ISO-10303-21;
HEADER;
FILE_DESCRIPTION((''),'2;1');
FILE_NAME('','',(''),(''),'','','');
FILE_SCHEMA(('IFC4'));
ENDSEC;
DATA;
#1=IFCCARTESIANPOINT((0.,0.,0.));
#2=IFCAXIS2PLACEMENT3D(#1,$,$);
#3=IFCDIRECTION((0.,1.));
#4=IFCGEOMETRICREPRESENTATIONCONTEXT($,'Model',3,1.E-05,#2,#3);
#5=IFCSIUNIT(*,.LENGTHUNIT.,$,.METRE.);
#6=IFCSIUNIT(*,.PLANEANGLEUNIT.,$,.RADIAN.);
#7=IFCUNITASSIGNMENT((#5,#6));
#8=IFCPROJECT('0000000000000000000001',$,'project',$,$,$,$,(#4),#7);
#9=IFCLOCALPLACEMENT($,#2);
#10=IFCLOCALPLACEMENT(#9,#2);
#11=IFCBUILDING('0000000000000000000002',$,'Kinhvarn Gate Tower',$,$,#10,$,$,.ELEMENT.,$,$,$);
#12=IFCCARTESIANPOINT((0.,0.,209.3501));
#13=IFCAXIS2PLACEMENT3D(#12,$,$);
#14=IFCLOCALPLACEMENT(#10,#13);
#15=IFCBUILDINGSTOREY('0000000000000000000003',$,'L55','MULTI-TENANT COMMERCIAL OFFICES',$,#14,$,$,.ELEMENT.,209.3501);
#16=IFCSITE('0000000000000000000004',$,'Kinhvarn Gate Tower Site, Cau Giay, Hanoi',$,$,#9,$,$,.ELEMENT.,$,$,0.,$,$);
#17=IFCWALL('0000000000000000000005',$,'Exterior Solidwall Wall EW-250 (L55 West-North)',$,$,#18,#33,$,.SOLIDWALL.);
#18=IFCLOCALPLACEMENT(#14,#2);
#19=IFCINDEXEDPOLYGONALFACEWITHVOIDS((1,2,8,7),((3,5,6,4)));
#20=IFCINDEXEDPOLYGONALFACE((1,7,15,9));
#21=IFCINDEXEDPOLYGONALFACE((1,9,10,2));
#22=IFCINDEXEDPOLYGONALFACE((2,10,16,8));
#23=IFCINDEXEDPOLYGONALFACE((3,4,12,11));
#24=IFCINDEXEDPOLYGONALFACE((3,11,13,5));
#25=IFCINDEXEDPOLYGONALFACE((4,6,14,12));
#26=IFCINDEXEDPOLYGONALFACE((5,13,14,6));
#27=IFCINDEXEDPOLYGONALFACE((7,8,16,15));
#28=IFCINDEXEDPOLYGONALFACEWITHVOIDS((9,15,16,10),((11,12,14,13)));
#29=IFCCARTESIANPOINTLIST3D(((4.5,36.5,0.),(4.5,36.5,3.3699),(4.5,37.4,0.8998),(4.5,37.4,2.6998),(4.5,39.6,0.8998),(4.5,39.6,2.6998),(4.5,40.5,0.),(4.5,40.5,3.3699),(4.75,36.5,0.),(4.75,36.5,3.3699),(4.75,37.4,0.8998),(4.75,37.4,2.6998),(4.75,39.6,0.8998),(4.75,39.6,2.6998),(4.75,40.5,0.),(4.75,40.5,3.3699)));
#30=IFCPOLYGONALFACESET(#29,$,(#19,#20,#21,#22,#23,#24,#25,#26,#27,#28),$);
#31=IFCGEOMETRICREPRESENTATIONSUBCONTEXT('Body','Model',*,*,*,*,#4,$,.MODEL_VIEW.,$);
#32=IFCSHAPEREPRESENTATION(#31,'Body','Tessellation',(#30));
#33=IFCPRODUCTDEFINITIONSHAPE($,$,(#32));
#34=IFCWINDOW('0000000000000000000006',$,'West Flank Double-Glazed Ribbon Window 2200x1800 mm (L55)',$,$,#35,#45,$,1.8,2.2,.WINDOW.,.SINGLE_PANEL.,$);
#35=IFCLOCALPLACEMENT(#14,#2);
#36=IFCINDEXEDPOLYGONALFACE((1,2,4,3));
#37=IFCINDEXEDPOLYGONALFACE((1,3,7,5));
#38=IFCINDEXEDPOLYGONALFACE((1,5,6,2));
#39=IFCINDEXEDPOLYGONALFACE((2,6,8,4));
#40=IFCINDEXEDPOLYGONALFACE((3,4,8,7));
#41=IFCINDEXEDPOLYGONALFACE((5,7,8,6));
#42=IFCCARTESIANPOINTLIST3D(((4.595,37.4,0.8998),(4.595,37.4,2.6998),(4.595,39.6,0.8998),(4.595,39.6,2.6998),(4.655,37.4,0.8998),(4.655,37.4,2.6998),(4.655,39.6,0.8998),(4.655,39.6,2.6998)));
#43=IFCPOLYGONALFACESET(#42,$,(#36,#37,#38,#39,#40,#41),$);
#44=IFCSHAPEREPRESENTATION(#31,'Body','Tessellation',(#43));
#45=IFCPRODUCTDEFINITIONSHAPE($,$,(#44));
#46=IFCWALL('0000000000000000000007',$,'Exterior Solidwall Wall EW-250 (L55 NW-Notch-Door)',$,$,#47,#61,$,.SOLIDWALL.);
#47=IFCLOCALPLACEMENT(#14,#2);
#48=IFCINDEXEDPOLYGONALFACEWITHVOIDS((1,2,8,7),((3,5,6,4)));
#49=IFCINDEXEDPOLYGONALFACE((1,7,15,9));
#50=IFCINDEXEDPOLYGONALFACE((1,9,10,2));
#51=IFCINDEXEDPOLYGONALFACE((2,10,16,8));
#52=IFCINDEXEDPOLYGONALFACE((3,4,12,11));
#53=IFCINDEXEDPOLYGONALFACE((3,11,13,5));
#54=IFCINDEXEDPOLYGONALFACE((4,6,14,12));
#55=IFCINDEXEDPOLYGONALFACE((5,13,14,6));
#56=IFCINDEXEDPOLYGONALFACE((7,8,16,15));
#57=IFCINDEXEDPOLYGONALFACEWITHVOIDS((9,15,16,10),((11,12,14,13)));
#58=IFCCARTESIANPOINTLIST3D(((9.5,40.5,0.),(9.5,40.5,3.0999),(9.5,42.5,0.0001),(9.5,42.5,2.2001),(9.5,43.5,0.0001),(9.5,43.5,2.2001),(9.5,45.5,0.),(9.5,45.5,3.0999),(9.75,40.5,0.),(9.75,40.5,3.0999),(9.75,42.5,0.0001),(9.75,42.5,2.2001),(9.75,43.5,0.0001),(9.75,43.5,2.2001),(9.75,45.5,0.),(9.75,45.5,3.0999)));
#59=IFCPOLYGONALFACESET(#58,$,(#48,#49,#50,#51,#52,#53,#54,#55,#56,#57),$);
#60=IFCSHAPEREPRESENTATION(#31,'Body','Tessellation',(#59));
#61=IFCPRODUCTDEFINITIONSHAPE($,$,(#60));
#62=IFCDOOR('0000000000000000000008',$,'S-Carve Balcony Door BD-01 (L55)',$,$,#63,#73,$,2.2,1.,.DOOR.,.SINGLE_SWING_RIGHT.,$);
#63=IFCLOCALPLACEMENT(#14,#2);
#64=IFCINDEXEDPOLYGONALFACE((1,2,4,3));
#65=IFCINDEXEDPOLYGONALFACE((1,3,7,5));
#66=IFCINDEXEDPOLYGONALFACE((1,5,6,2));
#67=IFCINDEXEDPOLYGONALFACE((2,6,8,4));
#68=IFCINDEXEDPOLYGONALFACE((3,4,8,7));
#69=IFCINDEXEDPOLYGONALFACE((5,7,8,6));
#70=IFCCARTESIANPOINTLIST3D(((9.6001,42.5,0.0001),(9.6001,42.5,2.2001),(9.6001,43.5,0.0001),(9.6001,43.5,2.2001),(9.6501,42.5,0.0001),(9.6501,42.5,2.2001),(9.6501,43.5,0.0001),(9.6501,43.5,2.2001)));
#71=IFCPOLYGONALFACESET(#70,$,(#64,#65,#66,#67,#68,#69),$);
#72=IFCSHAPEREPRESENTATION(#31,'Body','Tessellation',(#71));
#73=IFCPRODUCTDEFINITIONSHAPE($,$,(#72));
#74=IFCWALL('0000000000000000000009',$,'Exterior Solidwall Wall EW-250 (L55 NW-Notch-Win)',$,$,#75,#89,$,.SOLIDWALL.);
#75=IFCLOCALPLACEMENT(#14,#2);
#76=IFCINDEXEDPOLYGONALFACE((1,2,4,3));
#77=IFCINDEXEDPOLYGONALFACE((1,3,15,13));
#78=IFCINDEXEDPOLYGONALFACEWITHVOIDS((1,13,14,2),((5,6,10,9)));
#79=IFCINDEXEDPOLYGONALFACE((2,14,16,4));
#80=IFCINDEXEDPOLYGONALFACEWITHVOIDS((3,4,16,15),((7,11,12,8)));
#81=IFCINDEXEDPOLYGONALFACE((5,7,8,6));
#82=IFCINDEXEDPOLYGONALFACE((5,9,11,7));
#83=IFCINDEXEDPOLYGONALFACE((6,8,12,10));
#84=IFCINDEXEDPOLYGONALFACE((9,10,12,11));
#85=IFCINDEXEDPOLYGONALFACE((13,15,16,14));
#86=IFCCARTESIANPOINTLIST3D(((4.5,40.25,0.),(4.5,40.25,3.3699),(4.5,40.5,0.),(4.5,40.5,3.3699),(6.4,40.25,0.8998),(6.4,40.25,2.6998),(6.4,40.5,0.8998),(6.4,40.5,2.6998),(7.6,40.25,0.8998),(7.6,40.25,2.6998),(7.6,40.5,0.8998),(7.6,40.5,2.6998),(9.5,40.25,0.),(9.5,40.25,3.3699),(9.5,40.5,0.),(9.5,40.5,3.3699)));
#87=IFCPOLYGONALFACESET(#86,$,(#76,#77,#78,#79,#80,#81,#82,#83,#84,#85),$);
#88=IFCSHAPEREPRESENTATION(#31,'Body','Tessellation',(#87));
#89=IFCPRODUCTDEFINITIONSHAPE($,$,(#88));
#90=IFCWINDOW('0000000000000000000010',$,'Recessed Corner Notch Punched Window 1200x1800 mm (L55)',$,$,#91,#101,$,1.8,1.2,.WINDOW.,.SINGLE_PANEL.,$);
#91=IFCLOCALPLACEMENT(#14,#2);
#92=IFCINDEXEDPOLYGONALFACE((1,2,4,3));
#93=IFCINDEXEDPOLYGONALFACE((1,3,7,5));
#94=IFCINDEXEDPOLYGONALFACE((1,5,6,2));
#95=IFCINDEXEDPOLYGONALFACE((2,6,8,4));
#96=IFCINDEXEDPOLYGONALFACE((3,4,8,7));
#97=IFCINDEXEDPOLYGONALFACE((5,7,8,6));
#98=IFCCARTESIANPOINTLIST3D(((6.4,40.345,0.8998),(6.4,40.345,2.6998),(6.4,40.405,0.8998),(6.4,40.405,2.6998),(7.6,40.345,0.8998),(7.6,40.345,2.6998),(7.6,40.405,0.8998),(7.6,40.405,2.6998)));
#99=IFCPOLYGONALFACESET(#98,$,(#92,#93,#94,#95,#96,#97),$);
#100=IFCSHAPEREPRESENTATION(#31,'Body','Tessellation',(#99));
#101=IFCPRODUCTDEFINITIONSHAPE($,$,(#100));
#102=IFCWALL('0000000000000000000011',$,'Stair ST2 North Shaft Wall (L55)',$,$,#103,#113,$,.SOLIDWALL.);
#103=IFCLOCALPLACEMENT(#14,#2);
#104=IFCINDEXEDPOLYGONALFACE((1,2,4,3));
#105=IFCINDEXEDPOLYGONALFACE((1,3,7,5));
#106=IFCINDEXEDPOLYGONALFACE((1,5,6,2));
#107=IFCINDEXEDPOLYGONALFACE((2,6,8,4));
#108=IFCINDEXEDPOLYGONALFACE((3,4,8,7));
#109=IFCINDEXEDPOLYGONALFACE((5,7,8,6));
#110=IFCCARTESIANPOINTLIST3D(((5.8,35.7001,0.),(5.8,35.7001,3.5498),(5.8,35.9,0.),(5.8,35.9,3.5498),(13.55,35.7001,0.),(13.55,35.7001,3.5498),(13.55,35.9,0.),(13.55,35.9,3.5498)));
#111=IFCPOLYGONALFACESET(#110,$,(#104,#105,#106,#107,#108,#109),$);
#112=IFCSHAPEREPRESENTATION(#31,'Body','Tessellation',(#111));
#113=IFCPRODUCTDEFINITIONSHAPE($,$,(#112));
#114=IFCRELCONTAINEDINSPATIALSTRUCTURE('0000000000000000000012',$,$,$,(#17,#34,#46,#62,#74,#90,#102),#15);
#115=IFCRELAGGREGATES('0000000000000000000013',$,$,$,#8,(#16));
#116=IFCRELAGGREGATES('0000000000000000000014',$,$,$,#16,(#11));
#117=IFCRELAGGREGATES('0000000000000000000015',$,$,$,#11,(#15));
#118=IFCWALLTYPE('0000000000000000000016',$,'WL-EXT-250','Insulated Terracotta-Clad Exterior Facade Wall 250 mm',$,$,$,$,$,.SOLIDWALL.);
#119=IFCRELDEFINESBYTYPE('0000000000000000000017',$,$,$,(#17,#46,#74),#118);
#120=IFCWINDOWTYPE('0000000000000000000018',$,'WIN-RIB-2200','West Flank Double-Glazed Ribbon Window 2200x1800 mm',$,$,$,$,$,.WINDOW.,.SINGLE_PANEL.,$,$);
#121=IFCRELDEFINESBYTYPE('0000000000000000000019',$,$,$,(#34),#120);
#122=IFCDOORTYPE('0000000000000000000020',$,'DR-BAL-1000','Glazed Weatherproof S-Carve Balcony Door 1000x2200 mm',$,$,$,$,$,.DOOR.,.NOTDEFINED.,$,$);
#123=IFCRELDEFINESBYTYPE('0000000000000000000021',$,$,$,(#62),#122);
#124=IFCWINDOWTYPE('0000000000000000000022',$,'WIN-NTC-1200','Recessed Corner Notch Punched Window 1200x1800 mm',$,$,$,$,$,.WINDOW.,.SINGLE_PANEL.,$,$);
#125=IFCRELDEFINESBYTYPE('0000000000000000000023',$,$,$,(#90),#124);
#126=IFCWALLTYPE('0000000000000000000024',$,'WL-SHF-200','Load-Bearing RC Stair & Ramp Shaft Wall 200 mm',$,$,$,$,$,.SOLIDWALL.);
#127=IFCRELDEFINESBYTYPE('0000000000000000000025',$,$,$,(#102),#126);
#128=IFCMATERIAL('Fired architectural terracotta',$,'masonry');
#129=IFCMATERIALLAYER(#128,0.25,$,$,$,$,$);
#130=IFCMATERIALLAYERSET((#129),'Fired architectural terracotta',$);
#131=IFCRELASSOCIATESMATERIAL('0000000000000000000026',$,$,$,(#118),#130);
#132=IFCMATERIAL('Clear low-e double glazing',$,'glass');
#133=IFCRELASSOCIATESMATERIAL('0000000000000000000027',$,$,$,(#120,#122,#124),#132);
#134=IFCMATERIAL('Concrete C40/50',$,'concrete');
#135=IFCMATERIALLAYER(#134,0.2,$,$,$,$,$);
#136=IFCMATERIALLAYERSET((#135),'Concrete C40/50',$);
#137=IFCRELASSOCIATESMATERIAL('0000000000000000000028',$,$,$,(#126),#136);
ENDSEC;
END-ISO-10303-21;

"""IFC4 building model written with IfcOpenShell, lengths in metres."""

from ifc_helpers import new_model, si_unit, direction, frame, frame_2d, origin, place, context, subcontext, project, spatial, rectangle, extrude, material, layer, layer_set, type_object, element, fill, save


model = new_model("IFC4")

# Units and contexts
model_context = context("Model", 3, precision=1e-05, world=origin(), true_north=direction((0.0, 1.0)))
body_context = subcontext(model_context, "Body", "Model", "MODEL_VIEW")
ifc_project = project(units=[si_unit("LENGTHUNIT", "METRE"), si_unit("PLANEANGLEUNIT", "RADIAN")], contexts=[model_context])

# Site, building, storey
site_placement = place(None, origin())
site = spatial("IfcSite", under=ifc_project, at=site_placement, Name="Kinhvarn Gate Tower Site, Cau Giay, Hanoi", CompositionType="ELEMENT", RefElevation=0.0)
building_placement = place(site_placement, origin())
building = spatial("IfcBuilding", under=site, at=building_placement, Name="Kinhvarn Gate Tower", CompositionType="ELEMENT")
storey_placement = place(building_placement, frame((0.0, 0.0, 209.3501)))
storey = spatial("IfcBuildingStorey", under=building, at=storey_placement, Name="L55", Description="MULTI-TENANT COMMERCIAL OFFICES", CompositionType="ELEMENT", Elevation=209.3501)

# Wall, opening, window
ifc_material_1 = material(Name="Fired architectural terracotta", Category="masonry")
ifc_layer_1 = layer(ifc_material_1, 0.25)
ifc_layer_set_1 = layer_set([ifc_layer_1], Name="Fired architectural terracotta")
wall_type_1 = type_object("IfcWallType", Name="WL-EXT-250", Description="Insulated Terracotta-Clad Exterior Facade Wall 250 mm", PredefinedType="SOLIDWALL", material=ifc_layer_set_1)
wall_1_placement = place(storey_placement, frame((4.625, 40.5, 0.0), z_axis=(0.0, 0.0, 1.0), x_axis=(0.0, -1.0, 0.0)))
wall_1 = element("IfcWall", 1, at=wall_1_placement, inside=storey, type_object=wall_type_1, Name="Exterior Solidwall Wall EW-250 (L55 West-North)", PredefinedType="SOLIDWALL", context=body_context, shape_type="SweptSolid", body=[
    extrude(rectangle(XDim=4.0, YDim=0.25, at=frame_2d((2.0, 0.0))), origin(), (0.0, 0.0, 1.0), 3.3699),
])
opening_1_placement = place(wall_1_placement, frame((0.8999, 0.0, 0.8999)))
opening_1 = element("IfcOpeningElement", 2, at=opening_1_placement, cuts=wall_1, PredefinedType="OPENING", context=body_context, shape_type="SweptSolid", body=[
    extrude(rectangle(XDim=2.2, YDim=1.8, at=frame_2d((1.1001, 0.8999))), frame((0.0, 0.135, 0.0), z_axis=(0.0, -1.0, 0.0), x_axis=(1.0, 0.0, 0.0)), (0.0, 0.0, 1.0), 0.27),
])
ifc_material_2 = material(Name="Clear low-e double glazing", Category="glass")
window_type_1 = type_object("IfcWindowType", Name="WIN-RIB-2200", Description="West Flank Double-Glazed Ribbon Window 2200x1800 mm", PartitioningType="SINGLE_PANEL", PredefinedType="WINDOW", material=ifc_material_2)
window_1_placement = place(opening_1_placement, origin())
window_1 = element("IfcWindow", 3, at=window_1_placement, inside=storey, type_object=window_type_1, Name="West Flank Double-Glazed Ribbon Window 2200x1800 mm (L55)", OverallHeight=1.8, OverallWidth=2.2, PartitioningType="SINGLE_PANEL", PredefinedType="WINDOW", context=body_context, shape_type="SweptSolid", body=[
    extrude(rectangle(XDim=2.2, YDim=1.8, at=frame_2d((1.1001, 0.8999))), frame((0.0, 0.03, 0.0), z_axis=(0.0, -1.0, 0.0), x_axis=(1.0, 0.0, 0.0)), (0.0, 0.0, 1.0), 0.0601),
])
fill(opening_1, window_1)

# Wall, opening, door
wall_2_placement = place(storey_placement, frame((9.625, 45.5, 0.0), z_axis=(0.0, 0.0, 1.0), x_axis=(0.0, -1.0, 0.0)))
wall_2 = element("IfcWall", 4, at=wall_2_placement, inside=storey, type_object=wall_type_1, Name="Exterior Solidwall Wall EW-250 (L55 NW-Notch-Door)", PredefinedType="SOLIDWALL", context=body_context, shape_type="SweptSolid", body=[
    extrude(rectangle(XDim=5.0, YDim=0.25, at=frame_2d((2.5, 0.0))), origin(), (0.0, 0.0, 1.0), 3.0999),
])
opening_2_placement = place(wall_2_placement, frame((2.0, 0.0, 0.0)))
opening_2 = element("IfcOpeningElement", 5, at=opening_2_placement, cuts=wall_2, PredefinedType="OPENING", context=body_context, shape_type="SweptSolid", body=[
    extrude(rectangle(XDim=1.0, YDim=2.2, at=frame_2d((0.5, 1.1001))), frame((0.0, 0.135, 0.0), z_axis=(0.0, -1.0, 0.0), x_axis=(1.0, 0.0, 0.0)), (0.0, 0.0, 1.0), 0.27),
])
door_type = type_object("IfcDoorType", Name="DR-BAL-1000", Description="Glazed Weatherproof S-Carve Balcony Door 1000x2200 mm", OperationType="NOTDEFINED", PredefinedType="DOOR", material=ifc_material_2)
door_placement = place(opening_2_placement, frame((1.0, 0.0, 0.0), z_axis=(0.0, 0.0, 1.0), x_axis=(-1.0, 0.0, 0.0)))
door = element("IfcDoor", 6, at=door_placement, inside=storey, type_object=door_type, Name="S-Carve Balcony Door BD-01 (L55)", OperationType="SINGLE_SWING_RIGHT", OverallHeight=2.2, OverallWidth=1.0, PredefinedType="DOOR", context=body_context, shape_type="SweptSolid", body=[
    extrude(rectangle(XDim=1.0, YDim=2.2, at=frame_2d((0.5, 1.1001))), frame((0.0, 0.0249, 0.0), z_axis=(0.0, -1.0, 0.0), x_axis=(1.0, 0.0, 0.0)), (0.0, 0.0, 1.0), 0.05),
])
fill(opening_2, door)

# Wall, opening, window
wall_3_placement = place(storey_placement, frame((9.5, 40.375, 0.0), z_axis=(0.0, 0.0, 1.0), x_axis=(-1.0, 0.0, 0.0)))
wall_3 = element("IfcWall", 7, at=wall_3_placement, inside=storey, type_object=wall_type_1, Name="Exterior Solidwall Wall EW-250 (L55 NW-Notch-Win)", PredefinedType="SOLIDWALL", context=body_context, shape_type="SweptSolid", body=[
    extrude(rectangle(XDim=5.0, YDim=0.25, at=frame_2d((2.5, 0.0))), origin(), (0.0, 0.0, 1.0), 3.3699),
])
opening_3_placement = place(wall_3_placement, frame((1.8999, 0.0, 0.8999)))
opening_3 = element("IfcOpeningElement", 8, at=opening_3_placement, cuts=wall_3, PredefinedType="OPENING", context=body_context, shape_type="SweptSolid", body=[
    extrude(rectangle(XDim=1.2, YDim=1.8, at=frame_2d((0.6001, 0.8999))), frame((0.0, 0.135, 0.0), z_axis=(0.0, -1.0, 0.0), x_axis=(1.0, 0.0, 0.0)), (0.0, 0.0, 1.0), 0.27),
])
window_type_2 = type_object("IfcWindowType", Name="WIN-NTC-1200", Description="Recessed Corner Notch Punched Window 1200x1800 mm", PartitioningType="SINGLE_PANEL", PredefinedType="WINDOW", material=ifc_material_2)
window_2_placement = place(opening_3_placement, origin())
window_2 = element("IfcWindow", 9, at=window_2_placement, inside=storey, type_object=window_type_2, Name="Recessed Corner Notch Punched Window 1200x1800 mm (L55)", OverallHeight=1.8, OverallWidth=1.2, PartitioningType="SINGLE_PANEL", PredefinedType="WINDOW", context=body_context, shape_type="SweptSolid", body=[
    extrude(rectangle(XDim=1.2, YDim=1.8, at=frame_2d((0.6001, 0.8999))), frame((0.0, 0.03, 0.0), z_axis=(0.0, -1.0, 0.0), x_axis=(1.0, 0.0, 0.0)), (0.0, 0.0, 1.0), 0.0601),
])
fill(opening_3, window_2)

# Wall
ifc_material_3 = material(Name="Concrete C40/50", Category="concrete")
ifc_layer_2 = layer(ifc_material_3, 0.2)
ifc_layer_set_2 = layer_set([ifc_layer_2], Name="Concrete C40/50")
wall_type_2 = type_object("IfcWallType", Name="WL-SHF-200", Description="Load-Bearing RC Stair & Ramp Shaft Wall 200 mm", PredefinedType="SOLIDWALL", material=ifc_layer_set_2)
wall_4_placement = place(storey_placement, frame((5.8, 35.8, 0.0), z_axis=(0.0, 0.0, 1.0), x_axis=(1.0, 0.0, 0.0)))
element("IfcWall", 10, at=wall_4_placement, inside=storey, type_object=wall_type_2, Name="Stair ST2 North Shaft Wall (L55)", PredefinedType="SOLIDWALL", context=body_context, shape_type="SweptSolid", body=[
    extrude(rectangle(XDim=7.75, YDim=0.2, at=frame_2d((3.875, 0.0))), origin(), (0.0, 0.0, 1.0), 3.5498),
])

save(model, "model.ifc")
